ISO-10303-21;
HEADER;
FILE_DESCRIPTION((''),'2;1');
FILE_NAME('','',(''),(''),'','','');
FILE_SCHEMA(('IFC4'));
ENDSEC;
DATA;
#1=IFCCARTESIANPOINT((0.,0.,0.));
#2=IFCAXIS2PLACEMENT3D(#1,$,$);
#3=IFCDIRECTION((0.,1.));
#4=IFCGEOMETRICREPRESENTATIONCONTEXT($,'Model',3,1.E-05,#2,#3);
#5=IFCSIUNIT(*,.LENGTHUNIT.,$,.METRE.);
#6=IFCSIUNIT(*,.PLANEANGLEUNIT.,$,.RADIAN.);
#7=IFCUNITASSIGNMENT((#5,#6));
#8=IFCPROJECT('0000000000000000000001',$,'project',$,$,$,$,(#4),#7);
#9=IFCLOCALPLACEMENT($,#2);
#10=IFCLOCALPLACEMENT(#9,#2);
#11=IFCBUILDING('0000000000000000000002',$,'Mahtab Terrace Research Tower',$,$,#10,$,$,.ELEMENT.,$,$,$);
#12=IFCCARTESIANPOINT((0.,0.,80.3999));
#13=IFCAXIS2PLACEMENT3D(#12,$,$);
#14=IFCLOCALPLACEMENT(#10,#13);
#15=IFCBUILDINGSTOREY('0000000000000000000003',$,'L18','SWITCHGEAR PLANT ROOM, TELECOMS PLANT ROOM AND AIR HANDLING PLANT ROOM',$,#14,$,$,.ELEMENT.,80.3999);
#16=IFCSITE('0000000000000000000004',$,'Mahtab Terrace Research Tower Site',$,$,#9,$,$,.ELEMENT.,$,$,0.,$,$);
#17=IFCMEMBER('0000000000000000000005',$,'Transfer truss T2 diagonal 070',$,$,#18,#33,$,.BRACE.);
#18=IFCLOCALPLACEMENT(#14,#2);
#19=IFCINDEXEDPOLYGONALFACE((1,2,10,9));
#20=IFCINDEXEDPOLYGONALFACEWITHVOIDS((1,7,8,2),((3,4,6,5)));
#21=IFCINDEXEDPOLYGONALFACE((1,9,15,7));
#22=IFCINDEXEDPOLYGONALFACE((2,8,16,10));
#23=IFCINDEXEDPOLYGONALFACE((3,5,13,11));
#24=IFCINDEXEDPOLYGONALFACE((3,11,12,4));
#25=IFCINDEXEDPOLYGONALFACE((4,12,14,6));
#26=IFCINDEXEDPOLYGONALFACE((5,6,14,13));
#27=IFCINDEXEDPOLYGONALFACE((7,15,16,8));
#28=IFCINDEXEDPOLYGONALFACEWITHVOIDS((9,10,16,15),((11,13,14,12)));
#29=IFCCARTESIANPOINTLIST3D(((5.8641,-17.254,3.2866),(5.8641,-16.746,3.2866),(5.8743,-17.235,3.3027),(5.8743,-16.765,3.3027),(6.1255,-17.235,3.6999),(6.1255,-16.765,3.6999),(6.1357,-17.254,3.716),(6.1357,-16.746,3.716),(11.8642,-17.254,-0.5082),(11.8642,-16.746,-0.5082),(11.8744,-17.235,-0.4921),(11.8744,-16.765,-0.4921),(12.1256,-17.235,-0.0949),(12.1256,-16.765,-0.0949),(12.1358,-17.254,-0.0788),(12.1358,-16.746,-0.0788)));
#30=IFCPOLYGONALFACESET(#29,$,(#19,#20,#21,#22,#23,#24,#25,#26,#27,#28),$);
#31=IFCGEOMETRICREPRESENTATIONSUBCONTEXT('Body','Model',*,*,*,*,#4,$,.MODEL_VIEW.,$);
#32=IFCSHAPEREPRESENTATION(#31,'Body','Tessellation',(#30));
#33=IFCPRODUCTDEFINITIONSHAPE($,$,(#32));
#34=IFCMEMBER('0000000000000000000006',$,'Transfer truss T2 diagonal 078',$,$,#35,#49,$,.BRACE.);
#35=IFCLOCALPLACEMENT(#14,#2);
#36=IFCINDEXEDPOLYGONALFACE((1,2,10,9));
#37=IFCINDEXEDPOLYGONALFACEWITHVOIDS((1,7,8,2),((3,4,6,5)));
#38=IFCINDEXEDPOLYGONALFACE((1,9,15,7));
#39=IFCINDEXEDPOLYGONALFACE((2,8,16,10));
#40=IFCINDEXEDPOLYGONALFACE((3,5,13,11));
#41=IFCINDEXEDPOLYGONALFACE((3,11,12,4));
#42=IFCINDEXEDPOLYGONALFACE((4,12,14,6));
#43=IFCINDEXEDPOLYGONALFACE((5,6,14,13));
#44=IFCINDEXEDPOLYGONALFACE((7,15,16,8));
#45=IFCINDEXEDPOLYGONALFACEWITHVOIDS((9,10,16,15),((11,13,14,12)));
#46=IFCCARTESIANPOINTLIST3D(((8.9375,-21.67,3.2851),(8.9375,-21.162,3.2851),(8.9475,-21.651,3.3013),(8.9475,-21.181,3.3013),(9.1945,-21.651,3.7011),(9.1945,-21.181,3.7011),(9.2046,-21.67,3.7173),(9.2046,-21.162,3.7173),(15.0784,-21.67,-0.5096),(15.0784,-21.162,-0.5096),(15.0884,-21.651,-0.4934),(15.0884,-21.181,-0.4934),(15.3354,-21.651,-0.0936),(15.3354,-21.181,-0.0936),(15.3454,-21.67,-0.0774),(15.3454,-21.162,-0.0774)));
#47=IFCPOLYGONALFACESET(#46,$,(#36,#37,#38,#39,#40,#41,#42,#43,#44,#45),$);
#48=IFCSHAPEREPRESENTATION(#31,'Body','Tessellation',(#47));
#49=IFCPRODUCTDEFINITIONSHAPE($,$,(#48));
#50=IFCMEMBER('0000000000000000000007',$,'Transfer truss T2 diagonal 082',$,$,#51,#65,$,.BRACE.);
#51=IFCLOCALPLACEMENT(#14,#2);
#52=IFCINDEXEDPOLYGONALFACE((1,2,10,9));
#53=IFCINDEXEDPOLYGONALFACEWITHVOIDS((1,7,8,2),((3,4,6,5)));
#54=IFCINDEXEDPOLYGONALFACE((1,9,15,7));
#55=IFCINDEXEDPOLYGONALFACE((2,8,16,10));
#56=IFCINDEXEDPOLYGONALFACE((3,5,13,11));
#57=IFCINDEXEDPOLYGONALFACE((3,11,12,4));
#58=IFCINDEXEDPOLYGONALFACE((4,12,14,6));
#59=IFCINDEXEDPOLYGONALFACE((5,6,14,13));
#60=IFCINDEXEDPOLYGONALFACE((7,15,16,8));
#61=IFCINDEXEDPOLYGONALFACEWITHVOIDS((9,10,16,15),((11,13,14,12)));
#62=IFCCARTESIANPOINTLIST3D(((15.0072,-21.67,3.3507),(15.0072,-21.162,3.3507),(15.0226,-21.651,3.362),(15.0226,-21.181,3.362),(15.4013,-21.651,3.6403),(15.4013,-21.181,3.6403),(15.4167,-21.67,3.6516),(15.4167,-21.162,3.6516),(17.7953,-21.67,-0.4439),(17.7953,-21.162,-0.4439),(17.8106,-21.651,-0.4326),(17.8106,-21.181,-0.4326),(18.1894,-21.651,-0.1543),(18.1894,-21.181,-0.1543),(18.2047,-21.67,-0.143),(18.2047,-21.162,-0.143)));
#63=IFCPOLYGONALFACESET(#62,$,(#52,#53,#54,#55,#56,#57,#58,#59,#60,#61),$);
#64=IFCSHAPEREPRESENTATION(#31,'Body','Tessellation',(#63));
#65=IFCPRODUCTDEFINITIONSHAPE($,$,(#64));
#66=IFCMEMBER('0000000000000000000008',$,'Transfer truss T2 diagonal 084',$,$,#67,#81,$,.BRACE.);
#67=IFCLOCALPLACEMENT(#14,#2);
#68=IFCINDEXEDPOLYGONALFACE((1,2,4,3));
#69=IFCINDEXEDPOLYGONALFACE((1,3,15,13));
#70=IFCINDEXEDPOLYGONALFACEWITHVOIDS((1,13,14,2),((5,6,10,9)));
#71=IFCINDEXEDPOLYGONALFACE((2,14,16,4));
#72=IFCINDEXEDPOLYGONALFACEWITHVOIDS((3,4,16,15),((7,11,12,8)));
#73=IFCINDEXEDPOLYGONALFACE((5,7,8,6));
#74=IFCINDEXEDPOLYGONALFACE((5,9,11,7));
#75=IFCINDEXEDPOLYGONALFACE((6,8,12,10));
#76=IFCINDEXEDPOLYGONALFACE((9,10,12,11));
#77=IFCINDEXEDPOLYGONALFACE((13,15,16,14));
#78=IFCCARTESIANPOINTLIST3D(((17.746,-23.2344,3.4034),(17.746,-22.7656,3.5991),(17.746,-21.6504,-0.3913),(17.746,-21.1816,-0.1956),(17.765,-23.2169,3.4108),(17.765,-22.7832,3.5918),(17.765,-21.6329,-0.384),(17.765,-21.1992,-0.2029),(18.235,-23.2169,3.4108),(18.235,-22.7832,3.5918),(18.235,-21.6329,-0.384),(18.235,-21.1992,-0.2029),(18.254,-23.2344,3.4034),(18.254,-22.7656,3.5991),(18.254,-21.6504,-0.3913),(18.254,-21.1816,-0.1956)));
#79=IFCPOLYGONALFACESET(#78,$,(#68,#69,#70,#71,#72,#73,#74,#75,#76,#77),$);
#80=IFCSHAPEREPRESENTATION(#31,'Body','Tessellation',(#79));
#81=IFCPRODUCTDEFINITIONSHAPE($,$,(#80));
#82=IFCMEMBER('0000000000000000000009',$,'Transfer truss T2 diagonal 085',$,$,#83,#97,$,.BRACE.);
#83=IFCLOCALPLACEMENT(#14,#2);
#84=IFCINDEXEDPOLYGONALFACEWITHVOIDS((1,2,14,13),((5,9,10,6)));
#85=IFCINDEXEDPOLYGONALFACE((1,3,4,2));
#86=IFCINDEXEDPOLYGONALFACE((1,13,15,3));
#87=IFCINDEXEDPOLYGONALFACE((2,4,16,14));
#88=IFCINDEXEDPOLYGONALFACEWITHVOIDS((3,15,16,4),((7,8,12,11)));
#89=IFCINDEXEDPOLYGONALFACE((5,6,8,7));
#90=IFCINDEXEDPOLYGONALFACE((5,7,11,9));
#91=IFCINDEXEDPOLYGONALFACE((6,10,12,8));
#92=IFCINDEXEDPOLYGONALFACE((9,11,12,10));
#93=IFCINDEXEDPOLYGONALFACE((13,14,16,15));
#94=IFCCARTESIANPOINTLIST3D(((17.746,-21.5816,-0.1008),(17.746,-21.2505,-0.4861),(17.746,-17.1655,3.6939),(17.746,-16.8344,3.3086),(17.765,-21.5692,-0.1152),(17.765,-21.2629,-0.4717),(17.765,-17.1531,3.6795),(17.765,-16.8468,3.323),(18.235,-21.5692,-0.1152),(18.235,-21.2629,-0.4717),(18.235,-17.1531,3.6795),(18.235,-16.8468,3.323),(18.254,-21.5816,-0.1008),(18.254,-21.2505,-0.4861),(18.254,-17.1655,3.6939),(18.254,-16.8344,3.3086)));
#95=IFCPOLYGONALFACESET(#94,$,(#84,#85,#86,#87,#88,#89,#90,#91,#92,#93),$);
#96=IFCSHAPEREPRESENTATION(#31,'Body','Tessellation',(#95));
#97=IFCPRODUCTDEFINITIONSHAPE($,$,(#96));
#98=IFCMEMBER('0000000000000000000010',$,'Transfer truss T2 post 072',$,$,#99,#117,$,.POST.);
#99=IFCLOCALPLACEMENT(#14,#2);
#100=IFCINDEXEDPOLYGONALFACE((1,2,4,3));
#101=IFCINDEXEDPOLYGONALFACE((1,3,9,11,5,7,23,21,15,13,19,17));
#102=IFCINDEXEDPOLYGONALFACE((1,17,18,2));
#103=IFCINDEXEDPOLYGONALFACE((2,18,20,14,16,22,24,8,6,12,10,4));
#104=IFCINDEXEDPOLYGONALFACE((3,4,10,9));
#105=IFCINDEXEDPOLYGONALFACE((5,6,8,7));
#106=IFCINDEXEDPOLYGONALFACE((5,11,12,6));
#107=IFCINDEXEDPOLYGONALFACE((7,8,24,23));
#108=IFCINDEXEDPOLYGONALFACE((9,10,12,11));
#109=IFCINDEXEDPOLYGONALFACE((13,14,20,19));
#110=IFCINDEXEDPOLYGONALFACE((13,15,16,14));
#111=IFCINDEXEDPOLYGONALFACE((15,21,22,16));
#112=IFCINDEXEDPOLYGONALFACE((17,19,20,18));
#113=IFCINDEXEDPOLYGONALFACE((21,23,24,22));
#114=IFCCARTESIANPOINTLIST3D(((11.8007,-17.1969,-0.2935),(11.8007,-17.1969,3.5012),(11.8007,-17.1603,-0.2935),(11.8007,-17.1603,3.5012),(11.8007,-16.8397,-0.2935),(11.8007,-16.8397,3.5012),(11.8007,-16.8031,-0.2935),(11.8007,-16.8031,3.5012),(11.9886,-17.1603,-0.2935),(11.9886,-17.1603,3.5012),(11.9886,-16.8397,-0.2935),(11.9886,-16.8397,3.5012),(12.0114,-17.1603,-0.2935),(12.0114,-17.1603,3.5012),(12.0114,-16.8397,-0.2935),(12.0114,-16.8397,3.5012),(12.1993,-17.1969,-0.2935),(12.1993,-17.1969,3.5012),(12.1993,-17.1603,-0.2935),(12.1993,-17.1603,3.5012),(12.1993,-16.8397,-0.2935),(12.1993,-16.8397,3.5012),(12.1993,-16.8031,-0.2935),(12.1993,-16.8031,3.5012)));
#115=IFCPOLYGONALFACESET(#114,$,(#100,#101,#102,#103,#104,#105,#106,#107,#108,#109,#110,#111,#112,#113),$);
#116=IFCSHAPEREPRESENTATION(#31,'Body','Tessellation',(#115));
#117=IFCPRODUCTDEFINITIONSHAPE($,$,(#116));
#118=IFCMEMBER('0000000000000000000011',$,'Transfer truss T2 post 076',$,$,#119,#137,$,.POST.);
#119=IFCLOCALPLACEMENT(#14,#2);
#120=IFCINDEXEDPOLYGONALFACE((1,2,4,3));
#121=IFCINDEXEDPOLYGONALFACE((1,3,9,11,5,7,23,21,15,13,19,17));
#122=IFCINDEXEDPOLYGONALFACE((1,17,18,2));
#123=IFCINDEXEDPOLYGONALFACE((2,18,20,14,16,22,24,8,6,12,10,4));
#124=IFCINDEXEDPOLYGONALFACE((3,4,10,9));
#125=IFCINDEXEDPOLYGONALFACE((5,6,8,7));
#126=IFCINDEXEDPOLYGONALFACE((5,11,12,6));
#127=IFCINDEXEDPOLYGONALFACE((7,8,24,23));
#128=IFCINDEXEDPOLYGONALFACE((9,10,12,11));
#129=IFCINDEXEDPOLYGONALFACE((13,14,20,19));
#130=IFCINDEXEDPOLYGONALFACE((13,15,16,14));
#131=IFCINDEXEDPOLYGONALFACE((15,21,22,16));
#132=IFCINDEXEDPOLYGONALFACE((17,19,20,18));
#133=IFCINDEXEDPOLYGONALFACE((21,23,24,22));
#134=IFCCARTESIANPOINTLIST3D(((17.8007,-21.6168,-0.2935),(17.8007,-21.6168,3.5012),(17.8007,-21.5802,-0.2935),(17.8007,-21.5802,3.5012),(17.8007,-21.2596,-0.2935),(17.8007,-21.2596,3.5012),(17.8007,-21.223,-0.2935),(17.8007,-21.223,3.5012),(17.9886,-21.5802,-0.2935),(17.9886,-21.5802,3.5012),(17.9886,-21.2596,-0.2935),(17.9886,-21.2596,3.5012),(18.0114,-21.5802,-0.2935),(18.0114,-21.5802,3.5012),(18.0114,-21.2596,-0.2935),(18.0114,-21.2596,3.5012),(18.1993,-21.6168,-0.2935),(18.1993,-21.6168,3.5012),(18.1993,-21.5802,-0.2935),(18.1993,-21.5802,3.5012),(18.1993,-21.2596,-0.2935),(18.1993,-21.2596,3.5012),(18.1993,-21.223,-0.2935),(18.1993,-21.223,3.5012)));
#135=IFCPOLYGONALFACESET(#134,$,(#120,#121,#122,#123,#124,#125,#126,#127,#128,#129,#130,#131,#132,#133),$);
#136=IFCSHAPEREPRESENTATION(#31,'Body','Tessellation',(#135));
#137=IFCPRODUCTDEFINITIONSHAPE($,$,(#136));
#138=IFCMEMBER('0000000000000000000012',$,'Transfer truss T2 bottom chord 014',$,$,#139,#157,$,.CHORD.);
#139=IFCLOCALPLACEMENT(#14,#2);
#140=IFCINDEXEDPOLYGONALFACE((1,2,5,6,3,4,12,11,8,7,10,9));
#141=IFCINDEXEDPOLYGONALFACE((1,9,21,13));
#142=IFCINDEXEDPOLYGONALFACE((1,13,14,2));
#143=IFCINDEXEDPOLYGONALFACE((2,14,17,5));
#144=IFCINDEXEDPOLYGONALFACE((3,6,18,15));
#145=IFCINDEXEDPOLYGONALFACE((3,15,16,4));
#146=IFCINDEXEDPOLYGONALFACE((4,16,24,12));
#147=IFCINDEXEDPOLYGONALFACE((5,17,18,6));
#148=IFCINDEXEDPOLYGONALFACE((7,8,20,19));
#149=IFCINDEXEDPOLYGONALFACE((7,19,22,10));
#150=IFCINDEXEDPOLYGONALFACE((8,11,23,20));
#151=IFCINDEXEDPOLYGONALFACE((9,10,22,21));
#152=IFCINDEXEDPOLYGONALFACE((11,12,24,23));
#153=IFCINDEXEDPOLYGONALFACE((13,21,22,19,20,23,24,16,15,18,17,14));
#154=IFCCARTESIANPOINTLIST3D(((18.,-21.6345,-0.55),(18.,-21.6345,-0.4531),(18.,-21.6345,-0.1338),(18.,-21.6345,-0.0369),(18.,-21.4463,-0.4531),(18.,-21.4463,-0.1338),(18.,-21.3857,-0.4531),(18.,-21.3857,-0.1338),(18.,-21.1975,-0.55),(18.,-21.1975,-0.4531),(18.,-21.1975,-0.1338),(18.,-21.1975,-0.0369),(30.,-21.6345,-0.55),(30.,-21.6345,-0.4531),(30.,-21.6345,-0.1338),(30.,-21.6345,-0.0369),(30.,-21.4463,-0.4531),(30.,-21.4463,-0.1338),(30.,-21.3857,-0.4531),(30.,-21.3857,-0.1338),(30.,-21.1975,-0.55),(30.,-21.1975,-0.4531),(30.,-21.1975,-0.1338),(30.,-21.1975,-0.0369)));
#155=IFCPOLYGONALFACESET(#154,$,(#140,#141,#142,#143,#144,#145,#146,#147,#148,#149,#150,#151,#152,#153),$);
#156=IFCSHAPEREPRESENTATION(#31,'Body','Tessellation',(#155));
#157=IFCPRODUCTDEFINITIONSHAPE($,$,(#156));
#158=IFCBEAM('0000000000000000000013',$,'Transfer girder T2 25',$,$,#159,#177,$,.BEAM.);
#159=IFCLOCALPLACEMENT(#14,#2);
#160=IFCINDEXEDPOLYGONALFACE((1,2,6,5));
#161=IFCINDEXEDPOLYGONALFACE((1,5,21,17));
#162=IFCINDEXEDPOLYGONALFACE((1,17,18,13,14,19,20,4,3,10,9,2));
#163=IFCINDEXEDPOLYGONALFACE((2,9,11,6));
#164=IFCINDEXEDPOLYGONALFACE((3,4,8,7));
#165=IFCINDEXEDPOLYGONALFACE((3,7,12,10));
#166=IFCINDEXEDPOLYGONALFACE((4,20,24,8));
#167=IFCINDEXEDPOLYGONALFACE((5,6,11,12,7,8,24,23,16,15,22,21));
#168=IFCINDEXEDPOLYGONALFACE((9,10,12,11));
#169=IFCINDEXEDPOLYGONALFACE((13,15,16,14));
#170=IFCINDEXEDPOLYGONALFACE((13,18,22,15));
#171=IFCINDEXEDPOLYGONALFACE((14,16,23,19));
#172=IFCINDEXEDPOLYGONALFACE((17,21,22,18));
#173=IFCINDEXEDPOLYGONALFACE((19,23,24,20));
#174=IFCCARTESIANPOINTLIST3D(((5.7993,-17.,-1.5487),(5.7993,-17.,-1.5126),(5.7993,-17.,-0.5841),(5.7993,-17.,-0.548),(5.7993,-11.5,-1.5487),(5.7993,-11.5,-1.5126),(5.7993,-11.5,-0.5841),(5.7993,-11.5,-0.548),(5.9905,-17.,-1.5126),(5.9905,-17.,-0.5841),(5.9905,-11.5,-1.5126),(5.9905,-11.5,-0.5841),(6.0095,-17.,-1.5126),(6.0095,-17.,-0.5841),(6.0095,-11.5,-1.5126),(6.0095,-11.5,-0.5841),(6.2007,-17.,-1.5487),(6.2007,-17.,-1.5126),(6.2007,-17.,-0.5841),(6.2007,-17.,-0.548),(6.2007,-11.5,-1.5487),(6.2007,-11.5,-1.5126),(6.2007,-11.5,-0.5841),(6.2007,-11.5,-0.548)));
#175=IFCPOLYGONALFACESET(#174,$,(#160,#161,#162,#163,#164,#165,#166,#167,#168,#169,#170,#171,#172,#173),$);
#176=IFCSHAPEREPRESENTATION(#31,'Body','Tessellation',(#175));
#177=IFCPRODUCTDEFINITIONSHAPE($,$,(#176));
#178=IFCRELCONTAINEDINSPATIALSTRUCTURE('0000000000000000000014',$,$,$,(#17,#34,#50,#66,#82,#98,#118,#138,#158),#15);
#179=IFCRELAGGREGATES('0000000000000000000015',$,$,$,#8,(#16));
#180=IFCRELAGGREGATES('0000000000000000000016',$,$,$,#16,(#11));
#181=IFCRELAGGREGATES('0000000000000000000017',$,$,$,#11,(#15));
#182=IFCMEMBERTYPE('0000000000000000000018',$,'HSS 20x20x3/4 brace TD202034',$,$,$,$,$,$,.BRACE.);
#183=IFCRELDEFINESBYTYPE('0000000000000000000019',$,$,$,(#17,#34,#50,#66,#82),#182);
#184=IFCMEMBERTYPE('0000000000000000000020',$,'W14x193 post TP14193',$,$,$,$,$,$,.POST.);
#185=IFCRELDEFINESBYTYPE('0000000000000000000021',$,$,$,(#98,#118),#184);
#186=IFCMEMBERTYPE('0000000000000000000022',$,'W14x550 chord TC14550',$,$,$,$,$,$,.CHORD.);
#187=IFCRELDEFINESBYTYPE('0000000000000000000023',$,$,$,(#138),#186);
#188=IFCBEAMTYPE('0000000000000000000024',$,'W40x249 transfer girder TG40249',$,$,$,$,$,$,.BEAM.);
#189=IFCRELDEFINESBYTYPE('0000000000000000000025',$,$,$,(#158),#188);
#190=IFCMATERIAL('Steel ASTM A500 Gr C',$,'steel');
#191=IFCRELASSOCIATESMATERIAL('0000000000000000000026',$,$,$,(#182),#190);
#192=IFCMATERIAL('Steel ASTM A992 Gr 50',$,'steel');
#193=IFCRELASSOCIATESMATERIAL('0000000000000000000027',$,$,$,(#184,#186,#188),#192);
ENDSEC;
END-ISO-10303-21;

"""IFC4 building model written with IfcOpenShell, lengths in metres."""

from ifc_helpers import new_model, si_unit, direction, frame, origin, origin_2d, place, context, subcontext, project, spatial, hollow_rectangle, i_section, extrude, material, material_profile, profile_set, type_object, element, save


model = new_model("IFC4")

# Units and contexts
model_context = context("Model", 3, precision=1e-05, world=origin(), true_north=direction((0.0, 1.0)))
body_context = subcontext(model_context, "Body", "Model", "MODEL_VIEW")
ifc_project = project(units=[si_unit("LENGTHUNIT", "METRE"), si_unit("PLANEANGLEUNIT", "RADIAN")], contexts=[model_context])

# Site, building, storey
site_placement = place(None, origin())
site = spatial("IfcSite", under=ifc_project, at=site_placement, Name="Mahtab Terrace Research Tower Site", CompositionType="ELEMENT", RefElevation=0.0)
building_placement = place(site_placement, origin())
building = spatial("IfcBuilding", under=site, at=building_placement, Name="Mahtab Terrace Research Tower", CompositionType="ELEMENT")
storey_placement = place(building_placement, frame((0.0, 0.0, 80.3999)))
storey = spatial("IfcBuildingStorey", under=building, at=storey_placement, Name="L18", Description="SWITCHGEAR PLANT ROOM, TELECOMS PLANT ROOM AND AIR HANDLING PLANT ROOM", CompositionType="ELEMENT", Elevation=80.3999)

# Members
ifc_material_1 = material(Name="Steel ASTM A500 Gr C", Category="steel")
ifc_material_profile_1 = material_profile(ifc_material_1, hollow_rectangle(XDim=0.5081, YDim=0.5081, WallThickness=0.019, at=origin_2d()), Name="HSS20X20X3/4")
ifc_profile_set_1 = profile_set([ifc_material_profile_1], Name="Steel ASTM A500 Gr C")
member_type_1 = type_object("IfcMemberType", Name="HSS 20x20x3/4 brace TD202034", PredefinedType="BRACE", material=ifc_profile_set_1)
member_1_placement = place(storey_placement, frame((12.0, -17.0, -0.2935), z_axis=(-0.845158, 0.0, 0.534517), x_axis=(0.0, -1.0, 0.0)))
element("IfcMember", 1, at=member_1_placement, inside=storey, type_object=member_type_1, Name="Transfer truss T2 diagonal 070", PredefinedType="BRACE", context=body_context, shape_type="SweptSolid", body=[
    extrude(hollow_rectangle(XDim=0.5081, YDim=0.5081, WallThickness=0.019, at=origin_2d()), origin(), (0.0, 0.0, 1.0), 7.0994),
])
member_2_placement = place(storey_placement, frame((15.2119, -21.416, -0.2935), z_axis=(-0.850687, 0.0, 0.525672), x_axis=(0.0, -1.0, 0.0)))
element("IfcMember", 2, at=member_2_placement, inside=storey, type_object=member_type_1, Name="Transfer truss T2 diagonal 078", PredefinedType="BRACE", context=body_context, shape_type="SweptSolid", body=[
    extrude(hollow_rectangle(XDim=0.5081, YDim=0.5081, WallThickness=0.019, at=origin_2d()), origin(), (0.0, 0.0, 1.0), 7.2188),
])
member_3_placement = place(storey_placement, frame((18.0, -21.416, -0.2935), z_axis=(-0.592098, 0.0, 0.805866), x_axis=(0.0, -1.0, 0.0)))
element("IfcMember", 3, at=member_3_placement, inside=storey, type_object=member_type_1, Name="Transfer truss T2 diagonal 082", PredefinedType="BRACE", context=body_context, shape_type="SweptSolid", body=[
    extrude(hollow_rectangle(XDim=0.5081, YDim=0.5081, WallThickness=0.019, at=origin_2d()), origin(), (0.0, 0.0, 1.0), 4.7087),
])
member_4_placement = place(storey_placement, frame((18.0, -21.416, -0.2935), z_axis=(0.0, -0.38521, 0.922829), x_axis=(1.0, 0.0, 0.0)))
element("IfcMember", 4, at=member_4_placement, inside=storey, type_object=member_type_1, Name="Transfer truss T2 diagonal 084", PredefinedType="BRACE", context=body_context, shape_type="SweptSolid", body=[
    extrude(hollow_rectangle(XDim=0.5081, YDim=0.5081, WallThickness=0.019, at=origin_2d()), origin(), (0.0, 0.0, 1.0), 4.1121),
])
member_5_placement = place(storey_placement, frame((18.0, -21.416, -0.2935), z_axis=(0.0, 0.758448, 0.651734), x_axis=(-1.0, 0.0, 0.0)))
element("IfcMember", 5, at=member_5_placement, inside=storey, type_object=member_type_1, Name="Transfer truss T2 diagonal 085", PredefinedType="BRACE", context=body_context, shape_type="SweptSolid", body=[
    extrude(hollow_rectangle(XDim=0.5081, YDim=0.5081, WallThickness=0.019, at=origin_2d()), origin(), (0.0, 0.0, 1.0), 5.8225),
])
ifc_material_2 = material(Name="Steel ASTM A992 Gr 50", Category="steel")
ifc_material_profile_2 = material_profile(ifc_material_2, i_section(OverallWidth=0.3987, OverallDepth=0.3938, WebThickness=0.0227, FlangeThickness=0.0366, at=origin_2d()), Name="W14X193")
ifc_profile_set_2 = profile_set([ifc_material_profile_2], Name="Steel ASTM A992 Gr 50")
member_type_2 = type_object("IfcMemberType", Name="W14x193 post TP14193", PredefinedType="POST", material=ifc_profile_set_2)
for number, where, z_axis, x_axis, name in (
    (6, (12.0, -17.0, -0.2935), (0.0, 0.0, 1.0), (1.0, 0.0, 0.0), "Transfer truss T2 post 072"),
    (7, (18.0, -21.4199, -0.2935), (0.0, 0.0, 1.0), (1.0, 0.0, 0.0), "Transfer truss T2 post 076"),
):
    element("IfcMember", number, at=place(storey_placement, frame(where, z_axis=z_axis, x_axis=x_axis)), inside=storey, type_object=member_type_2, Name=name, PredefinedType="POST", context=body_context, shape_type="SweptSolid", body=[
        extrude(i_section(OverallWidth=0.3987, OverallDepth=0.3938, WebThickness=0.0227, FlangeThickness=0.0366, at=origin_2d()), origin(), (0.0, 0.0, 1.0), 3.7947),
    ])
ifc_material_profile_3 = material_profile(ifc_material_2, i_section(OverallWidth=0.437, OverallDepth=0.5132, WebThickness=0.0605, FlangeThickness=0.0969, at=origin_2d()), Name="W14X550")
ifc_profile_set_3 = profile_set([ifc_material_profile_3], Name="Steel ASTM A992 Gr 50")
member_type_3 = type_object("IfcMemberType", Name="W14x550 chord TC14550", PredefinedType="CHORD", material=ifc_profile_set_3)
member_6_placement = place(storey_placement, frame((18.0, -21.416, -0.2935), z_axis=(1.0, 0.0, 0.0), x_axis=(0.0, 1.0, 0.0)))
element("IfcMember", 8, at=member_6_placement, inside=storey, type_object=member_type_3, Name="Transfer truss T2 bottom chord 014", PredefinedType="CHORD", context=body_context, shape_type="SweptSolid", body=[
    extrude(i_section(OverallWidth=0.437, OverallDepth=0.5132, WebThickness=0.0605, FlangeThickness=0.0969, at=origin_2d()), origin(), (0.0, 0.0, 1.0), 12.0),
])

# Beam
ifc_material_profile_4 = material_profile(ifc_material_2, i_section(OverallWidth=0.4014, OverallDepth=1.0007, WebThickness=0.019, FlangeThickness=0.0361, at=origin_2d()), Name="W40X249")
ifc_profile_set_4 = profile_set([ifc_material_profile_4], Name="Steel ASTM A992 Gr 50")
beam_type = type_object("IfcBeamType", Name="W40x249 transfer girder TG40249", PredefinedType="BEAM", material=ifc_profile_set_4)
beam_1_placement = place(storey_placement, frame((6.0, -17.0, -1.0483), z_axis=(0.0, 1.0, 0.0), x_axis=(-1.0, 0.0, 0.0)))
element("IfcBeam", 9, at=beam_1_placement, inside=storey, type_object=beam_type, Name="Transfer girder T2 25", PredefinedType="BEAM", context=body_context, shape_type="SweptSolid", body=[
    extrude(i_section(OverallWidth=0.4014, OverallDepth=1.0007, WebThickness=0.019, FlangeThickness=0.0361, at=origin_2d()), origin(), (0.0, 0.0, 1.0), 5.5),
])

save(model, "model.ifc")
